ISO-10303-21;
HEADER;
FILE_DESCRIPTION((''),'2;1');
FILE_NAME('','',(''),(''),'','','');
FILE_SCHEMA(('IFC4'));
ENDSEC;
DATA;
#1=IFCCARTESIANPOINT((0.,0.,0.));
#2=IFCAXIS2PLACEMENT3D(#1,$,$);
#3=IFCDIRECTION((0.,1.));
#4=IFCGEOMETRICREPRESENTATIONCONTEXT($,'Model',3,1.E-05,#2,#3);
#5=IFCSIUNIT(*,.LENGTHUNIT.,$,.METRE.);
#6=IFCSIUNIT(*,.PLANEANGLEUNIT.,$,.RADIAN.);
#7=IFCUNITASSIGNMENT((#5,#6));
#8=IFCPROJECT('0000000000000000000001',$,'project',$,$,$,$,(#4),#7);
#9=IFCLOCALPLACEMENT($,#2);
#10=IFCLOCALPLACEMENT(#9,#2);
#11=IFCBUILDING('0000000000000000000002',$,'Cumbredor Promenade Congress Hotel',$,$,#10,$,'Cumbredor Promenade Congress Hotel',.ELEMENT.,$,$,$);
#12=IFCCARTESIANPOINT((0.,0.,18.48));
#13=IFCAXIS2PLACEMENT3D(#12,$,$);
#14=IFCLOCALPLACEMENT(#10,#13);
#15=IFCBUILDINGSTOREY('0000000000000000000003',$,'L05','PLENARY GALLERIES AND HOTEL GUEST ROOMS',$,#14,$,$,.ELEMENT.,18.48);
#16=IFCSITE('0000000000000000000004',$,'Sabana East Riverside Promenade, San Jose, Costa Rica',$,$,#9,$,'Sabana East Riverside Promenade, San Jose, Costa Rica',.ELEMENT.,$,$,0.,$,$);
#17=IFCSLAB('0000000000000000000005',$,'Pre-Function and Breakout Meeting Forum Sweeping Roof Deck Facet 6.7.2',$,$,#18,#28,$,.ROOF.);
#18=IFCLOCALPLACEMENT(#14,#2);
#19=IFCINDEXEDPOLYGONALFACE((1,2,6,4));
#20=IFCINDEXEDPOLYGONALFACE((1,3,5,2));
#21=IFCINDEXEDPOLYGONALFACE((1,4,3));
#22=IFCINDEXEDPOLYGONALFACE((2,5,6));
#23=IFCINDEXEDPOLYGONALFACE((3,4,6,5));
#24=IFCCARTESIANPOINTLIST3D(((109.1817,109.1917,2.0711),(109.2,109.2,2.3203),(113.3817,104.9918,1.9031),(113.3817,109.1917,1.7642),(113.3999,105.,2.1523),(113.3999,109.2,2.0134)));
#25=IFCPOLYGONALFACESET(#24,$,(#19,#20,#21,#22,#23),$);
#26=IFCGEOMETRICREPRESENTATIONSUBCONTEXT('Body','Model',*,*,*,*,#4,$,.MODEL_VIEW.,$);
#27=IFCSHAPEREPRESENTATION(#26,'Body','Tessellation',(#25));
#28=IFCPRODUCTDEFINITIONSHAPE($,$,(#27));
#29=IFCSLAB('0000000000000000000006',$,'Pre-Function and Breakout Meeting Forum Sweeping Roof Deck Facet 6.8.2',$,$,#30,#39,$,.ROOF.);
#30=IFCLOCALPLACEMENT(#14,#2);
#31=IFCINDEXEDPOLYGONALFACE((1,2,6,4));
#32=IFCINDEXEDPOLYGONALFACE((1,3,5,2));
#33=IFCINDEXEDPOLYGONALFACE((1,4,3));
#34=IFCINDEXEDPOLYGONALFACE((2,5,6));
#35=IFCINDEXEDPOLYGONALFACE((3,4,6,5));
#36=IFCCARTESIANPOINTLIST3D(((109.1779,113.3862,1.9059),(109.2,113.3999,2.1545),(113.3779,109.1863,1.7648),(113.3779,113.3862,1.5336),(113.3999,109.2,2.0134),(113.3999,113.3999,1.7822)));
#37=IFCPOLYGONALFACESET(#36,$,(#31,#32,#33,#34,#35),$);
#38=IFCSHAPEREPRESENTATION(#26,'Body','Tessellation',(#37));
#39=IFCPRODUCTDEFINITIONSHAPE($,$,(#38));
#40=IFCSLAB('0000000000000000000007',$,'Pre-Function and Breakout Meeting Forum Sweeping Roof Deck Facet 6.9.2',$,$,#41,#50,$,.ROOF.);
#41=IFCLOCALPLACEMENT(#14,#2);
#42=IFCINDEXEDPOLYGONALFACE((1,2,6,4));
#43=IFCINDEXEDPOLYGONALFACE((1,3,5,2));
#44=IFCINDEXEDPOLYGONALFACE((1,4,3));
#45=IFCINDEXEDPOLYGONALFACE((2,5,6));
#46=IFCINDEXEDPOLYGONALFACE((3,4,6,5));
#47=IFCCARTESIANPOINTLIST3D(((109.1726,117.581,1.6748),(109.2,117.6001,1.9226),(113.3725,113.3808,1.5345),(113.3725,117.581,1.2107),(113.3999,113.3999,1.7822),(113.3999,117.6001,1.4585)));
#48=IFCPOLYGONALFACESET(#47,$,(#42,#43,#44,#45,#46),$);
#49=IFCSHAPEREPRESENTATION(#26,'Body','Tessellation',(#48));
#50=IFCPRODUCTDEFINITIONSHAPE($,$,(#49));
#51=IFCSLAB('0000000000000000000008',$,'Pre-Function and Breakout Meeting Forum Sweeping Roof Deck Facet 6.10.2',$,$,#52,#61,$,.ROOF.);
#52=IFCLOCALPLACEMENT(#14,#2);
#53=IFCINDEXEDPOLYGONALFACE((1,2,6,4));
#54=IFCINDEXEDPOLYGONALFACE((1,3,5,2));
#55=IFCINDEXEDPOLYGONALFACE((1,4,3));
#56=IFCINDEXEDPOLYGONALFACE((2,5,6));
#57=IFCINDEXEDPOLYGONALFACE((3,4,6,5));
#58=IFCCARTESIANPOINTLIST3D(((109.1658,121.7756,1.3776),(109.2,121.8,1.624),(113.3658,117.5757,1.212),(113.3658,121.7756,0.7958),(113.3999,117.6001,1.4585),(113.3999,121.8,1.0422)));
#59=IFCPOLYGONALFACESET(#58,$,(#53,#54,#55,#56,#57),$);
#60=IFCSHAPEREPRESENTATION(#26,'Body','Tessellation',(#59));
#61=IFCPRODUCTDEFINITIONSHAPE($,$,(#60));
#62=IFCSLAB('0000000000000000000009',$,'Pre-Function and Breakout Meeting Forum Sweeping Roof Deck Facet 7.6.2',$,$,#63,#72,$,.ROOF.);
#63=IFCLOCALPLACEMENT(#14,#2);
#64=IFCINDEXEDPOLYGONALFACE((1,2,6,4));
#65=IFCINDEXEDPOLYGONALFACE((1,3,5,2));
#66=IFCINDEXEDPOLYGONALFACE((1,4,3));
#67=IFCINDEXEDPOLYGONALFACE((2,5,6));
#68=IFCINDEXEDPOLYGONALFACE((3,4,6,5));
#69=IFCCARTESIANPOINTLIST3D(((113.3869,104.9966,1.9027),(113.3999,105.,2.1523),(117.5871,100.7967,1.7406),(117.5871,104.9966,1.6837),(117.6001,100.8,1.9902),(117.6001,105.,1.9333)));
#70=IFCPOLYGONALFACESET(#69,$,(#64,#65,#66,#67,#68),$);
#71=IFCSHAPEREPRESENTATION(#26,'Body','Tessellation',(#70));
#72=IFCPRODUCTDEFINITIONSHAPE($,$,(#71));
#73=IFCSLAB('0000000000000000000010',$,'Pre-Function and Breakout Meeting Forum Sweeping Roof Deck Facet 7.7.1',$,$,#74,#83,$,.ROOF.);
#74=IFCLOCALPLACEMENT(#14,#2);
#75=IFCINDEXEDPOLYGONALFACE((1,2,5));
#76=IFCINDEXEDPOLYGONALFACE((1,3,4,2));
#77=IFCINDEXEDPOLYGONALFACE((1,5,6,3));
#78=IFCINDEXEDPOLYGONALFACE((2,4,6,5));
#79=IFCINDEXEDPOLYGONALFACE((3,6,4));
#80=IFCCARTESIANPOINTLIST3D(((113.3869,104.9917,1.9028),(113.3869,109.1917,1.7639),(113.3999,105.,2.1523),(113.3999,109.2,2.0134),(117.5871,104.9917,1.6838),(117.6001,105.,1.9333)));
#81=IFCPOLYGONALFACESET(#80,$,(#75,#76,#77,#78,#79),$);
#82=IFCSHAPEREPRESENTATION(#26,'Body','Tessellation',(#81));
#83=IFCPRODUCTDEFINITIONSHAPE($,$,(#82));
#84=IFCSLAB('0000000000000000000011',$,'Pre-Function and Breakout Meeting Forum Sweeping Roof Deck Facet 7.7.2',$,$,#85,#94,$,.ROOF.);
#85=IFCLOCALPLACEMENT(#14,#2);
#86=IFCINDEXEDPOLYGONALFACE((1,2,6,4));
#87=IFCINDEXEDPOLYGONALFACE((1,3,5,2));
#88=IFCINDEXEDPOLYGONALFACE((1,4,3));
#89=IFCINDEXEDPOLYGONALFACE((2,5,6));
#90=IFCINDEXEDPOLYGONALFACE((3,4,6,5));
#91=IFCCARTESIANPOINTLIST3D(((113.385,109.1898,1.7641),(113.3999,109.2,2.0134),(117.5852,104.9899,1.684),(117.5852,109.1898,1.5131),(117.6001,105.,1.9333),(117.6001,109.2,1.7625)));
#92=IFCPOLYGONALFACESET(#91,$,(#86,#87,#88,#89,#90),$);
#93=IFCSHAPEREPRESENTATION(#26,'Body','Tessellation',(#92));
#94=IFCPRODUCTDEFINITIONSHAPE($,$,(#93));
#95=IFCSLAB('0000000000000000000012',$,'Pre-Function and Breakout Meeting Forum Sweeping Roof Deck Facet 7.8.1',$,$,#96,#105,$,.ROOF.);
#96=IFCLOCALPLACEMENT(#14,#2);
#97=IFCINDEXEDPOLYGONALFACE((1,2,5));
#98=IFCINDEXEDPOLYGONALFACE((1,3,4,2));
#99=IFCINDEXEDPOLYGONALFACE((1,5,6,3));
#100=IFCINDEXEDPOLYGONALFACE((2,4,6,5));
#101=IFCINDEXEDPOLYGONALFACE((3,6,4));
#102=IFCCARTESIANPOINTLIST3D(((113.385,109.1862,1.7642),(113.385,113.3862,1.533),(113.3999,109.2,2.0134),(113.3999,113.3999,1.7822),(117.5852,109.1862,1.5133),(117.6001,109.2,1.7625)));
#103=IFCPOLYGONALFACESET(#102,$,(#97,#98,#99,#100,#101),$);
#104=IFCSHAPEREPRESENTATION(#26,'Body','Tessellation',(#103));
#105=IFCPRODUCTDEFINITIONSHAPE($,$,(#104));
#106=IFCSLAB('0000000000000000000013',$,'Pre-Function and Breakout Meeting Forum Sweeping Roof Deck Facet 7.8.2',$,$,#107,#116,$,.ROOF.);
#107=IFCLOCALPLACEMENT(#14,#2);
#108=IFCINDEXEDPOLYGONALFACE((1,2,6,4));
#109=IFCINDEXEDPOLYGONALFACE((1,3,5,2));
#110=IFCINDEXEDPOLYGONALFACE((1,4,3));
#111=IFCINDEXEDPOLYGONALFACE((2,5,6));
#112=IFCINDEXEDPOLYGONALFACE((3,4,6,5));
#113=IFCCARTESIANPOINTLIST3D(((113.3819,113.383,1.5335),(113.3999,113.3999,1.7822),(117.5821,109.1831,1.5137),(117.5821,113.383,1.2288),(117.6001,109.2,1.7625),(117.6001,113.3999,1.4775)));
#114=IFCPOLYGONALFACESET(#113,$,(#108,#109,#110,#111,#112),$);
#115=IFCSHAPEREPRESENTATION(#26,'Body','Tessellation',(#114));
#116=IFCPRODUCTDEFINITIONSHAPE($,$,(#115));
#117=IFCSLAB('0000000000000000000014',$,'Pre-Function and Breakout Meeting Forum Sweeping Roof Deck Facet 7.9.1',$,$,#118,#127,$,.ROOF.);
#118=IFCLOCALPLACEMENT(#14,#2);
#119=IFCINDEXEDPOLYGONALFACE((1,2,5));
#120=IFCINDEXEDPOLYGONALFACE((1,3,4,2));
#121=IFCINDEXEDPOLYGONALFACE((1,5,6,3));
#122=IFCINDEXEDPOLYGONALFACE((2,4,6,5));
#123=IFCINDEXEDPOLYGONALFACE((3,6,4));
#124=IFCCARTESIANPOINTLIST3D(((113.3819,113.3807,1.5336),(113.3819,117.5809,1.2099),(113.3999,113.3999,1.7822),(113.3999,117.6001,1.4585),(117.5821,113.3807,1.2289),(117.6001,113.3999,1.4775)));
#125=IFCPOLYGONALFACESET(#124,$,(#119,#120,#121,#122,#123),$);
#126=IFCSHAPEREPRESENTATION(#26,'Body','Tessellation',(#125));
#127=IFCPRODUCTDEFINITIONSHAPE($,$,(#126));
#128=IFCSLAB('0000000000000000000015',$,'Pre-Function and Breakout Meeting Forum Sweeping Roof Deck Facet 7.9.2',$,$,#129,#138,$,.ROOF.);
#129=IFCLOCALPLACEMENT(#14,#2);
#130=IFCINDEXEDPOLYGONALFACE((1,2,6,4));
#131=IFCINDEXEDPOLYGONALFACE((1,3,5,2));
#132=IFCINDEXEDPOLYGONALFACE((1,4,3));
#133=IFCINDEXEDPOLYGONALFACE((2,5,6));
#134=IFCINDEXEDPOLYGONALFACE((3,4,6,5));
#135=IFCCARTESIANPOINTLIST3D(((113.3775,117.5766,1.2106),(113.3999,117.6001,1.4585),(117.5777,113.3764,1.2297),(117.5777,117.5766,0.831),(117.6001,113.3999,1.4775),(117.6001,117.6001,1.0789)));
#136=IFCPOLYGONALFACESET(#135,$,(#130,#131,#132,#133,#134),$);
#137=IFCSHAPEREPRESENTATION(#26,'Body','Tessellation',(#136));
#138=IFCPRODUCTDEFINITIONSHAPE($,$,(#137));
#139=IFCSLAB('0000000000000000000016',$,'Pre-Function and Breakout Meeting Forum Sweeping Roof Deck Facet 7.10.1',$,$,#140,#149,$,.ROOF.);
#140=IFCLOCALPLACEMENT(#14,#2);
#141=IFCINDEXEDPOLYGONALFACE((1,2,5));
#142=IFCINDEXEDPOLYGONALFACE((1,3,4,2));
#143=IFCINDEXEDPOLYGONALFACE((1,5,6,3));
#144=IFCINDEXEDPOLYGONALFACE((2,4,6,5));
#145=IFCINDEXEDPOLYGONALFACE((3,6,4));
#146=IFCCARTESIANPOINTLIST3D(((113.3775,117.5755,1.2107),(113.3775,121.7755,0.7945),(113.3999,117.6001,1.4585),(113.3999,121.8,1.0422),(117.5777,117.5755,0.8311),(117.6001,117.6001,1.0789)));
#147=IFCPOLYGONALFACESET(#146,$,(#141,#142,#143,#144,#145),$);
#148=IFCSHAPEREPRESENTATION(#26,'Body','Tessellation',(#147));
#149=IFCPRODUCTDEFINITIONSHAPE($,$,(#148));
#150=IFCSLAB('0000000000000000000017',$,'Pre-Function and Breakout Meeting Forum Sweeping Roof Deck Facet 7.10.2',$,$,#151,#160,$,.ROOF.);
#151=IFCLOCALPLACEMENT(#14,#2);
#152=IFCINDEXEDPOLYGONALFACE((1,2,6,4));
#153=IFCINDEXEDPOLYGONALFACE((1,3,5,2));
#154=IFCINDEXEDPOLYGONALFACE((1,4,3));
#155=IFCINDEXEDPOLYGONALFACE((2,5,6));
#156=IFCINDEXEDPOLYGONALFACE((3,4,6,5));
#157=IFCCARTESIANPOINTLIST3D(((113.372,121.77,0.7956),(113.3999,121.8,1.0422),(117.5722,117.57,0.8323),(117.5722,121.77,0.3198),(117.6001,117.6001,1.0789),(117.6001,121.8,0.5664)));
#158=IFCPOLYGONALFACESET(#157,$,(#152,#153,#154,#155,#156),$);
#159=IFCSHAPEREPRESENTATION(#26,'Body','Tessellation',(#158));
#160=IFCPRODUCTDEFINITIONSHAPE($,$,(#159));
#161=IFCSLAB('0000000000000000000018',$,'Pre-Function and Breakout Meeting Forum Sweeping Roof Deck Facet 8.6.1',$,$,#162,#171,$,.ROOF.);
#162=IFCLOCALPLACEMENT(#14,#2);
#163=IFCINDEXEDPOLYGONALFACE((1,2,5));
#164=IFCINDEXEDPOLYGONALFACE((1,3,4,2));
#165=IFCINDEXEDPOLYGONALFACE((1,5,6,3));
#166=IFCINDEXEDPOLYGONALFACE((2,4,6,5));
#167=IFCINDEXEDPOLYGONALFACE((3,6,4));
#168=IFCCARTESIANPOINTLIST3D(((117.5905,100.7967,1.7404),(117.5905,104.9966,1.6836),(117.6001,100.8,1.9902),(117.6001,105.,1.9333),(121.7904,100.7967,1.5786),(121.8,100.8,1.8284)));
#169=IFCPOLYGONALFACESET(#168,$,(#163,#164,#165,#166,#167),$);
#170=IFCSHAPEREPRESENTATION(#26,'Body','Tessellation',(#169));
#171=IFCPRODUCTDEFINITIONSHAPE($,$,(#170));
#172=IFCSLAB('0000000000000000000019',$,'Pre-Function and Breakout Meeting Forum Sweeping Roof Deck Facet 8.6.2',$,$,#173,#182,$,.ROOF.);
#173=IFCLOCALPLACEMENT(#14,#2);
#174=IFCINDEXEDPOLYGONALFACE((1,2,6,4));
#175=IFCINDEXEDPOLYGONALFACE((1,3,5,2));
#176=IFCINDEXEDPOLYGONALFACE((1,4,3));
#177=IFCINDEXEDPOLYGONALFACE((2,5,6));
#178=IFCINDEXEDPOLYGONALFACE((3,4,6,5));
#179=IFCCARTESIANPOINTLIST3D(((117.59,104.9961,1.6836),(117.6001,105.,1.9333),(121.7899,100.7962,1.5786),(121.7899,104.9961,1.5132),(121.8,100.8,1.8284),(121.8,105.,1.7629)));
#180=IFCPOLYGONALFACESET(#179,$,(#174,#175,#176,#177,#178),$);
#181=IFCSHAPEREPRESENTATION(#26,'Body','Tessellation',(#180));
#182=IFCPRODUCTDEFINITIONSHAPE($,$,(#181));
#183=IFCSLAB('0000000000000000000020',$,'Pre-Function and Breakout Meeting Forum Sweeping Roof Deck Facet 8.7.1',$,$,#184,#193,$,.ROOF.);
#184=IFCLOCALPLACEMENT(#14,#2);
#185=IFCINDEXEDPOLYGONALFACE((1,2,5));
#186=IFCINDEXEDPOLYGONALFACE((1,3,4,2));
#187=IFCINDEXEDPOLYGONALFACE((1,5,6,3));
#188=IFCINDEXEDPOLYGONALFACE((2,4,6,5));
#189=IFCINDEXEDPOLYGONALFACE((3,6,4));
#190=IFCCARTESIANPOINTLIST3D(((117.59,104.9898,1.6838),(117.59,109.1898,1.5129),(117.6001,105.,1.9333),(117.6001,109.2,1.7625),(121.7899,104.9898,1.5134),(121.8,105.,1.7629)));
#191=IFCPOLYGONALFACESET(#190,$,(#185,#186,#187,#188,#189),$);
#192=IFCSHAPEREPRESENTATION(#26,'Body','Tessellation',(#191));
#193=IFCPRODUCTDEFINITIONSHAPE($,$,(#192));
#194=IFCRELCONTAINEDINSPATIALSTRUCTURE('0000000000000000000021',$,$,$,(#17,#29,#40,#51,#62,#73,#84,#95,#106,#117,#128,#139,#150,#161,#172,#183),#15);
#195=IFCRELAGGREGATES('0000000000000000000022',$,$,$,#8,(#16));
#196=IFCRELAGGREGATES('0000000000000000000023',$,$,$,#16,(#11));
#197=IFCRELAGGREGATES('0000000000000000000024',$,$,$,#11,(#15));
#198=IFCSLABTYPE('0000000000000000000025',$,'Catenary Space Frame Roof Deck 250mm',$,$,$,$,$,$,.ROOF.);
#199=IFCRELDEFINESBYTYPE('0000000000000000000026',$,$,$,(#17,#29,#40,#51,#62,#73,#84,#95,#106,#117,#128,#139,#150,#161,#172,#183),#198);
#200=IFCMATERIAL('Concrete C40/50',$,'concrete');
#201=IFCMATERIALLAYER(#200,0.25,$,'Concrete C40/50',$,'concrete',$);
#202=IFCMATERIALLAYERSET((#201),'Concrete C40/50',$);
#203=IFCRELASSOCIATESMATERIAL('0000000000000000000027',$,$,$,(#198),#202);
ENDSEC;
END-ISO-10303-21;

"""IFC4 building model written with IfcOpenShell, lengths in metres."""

from ifc_helpers import new_model, si_unit, direction, frame, origin, place, context, subcontext, project, spatial, polyline, outline, extrude, material, layer, layer_set, type_object, element, save


model = new_model("IFC4")

# Units and contexts
model_context = context("Model", 3, precision=1e-05, world=origin(), true_north=direction((0.0, 1.0)))
body_context = subcontext(model_context, "Body", "Model", "MODEL_VIEW")
ifc_project = project(units=[si_unit("LENGTHUNIT", "METRE"), si_unit("PLANEANGLEUNIT", "RADIAN")], contexts=[model_context])

# Site, building, storey
site_placement = place(None, origin())
site = spatial("IfcSite", under=ifc_project, at=site_placement, Name="Sabana East Riverside Promenade, San Jose, Costa Rica", LongName="Sabana East Riverside Promenade, San Jose, Costa Rica", CompositionType="ELEMENT", RefElevation=0.0)
building_placement = place(site_placement, origin())
building = spatial("IfcBuilding", under=site, at=building_placement, Name="Cumbredor Promenade Congress Hotel", LongName="Cumbredor Promenade Congress Hotel", CompositionType="ELEMENT")
storey_placement = place(building_placement, frame((0.0, 0.0, 18.48)))
storey = spatial("IfcBuildingStorey", under=building, at=storey_placement, Name="L05", Description="PLENARY GALLERIES AND HOTEL GUEST ROOMS", CompositionType="ELEMENT", Elevation=18.48)

# Slabs
ifc_material_1 = material(Name="Concrete C40/50", Category="concrete")
ifc_layer_1 = layer(ifc_material_1, 0.25, Name="Concrete C40/50", Category="concrete")
ifc_layer_set_1 = layer_set([ifc_layer_1], Name="Concrete C40/50")
slab_type = type_object("IfcSlabType", Name="Catenary Space Frame Roof Deck 250mm", PredefinedType="ROOF", material=ifc_layer_set_1)
slab_1_placement = place(storey_placement, frame((113.3999, 105.0, 2.1523), z_axis=(0.072835, 0.03297, 0.996799), x_axis=(0.0, 0.999453, -0.033058)))
element("IfcSlab", 1, at=slab_1_placement, inside=storey, type_object=slab_type, Name="Pre-Function and Breakout Meeting Forum Sweeping Roof Deck Facet 6.7.2", PredefinedType="ROOF", context=body_context, shape_type="SweptSolid", body=[
    extrude(outline(polyline([(0.0, 0.0), (4.2022, 0.0), (4.1921, 4.2111), (0.0, 0.0)])), origin(), (0.0, 0.0, -1.0), 0.25),
])
slab_2_placement = place(storey_placement, frame((113.3999, 109.2, 2.0134), z_axis=(0.088169, 0.054751, 0.9946), x_axis=(0.0, 0.998488, -0.054965)))
element("IfcSlab", 2, at=slab_2_placement, inside=storey, type_object=slab_type, Name="Pre-Function and Breakout Meeting Forum Sweeping Roof Deck Facet 6.8.2", PredefinedType="ROOF", context=body_context, shape_type="SweptSolid", body=[
    extrude(outline(polyline([(0.0, 0.0), (4.2063, 0.0), (4.1858, 4.2164), (0.0, 0.0)])), origin(), (0.0, 0.0, -1.0), 0.25),
])
slab_3_placement = place(storey_placement, frame((113.3999, 113.3999, 1.7822), z_axis=(0.109515, 0.076385, 0.991046), x_axis=(0.0, 0.997043, -0.076847)))
element("IfcSlab", 3, at=slab_3_placement, inside=storey, type_object=slab_type, Name="Pre-Function and Breakout Meeting Forum Sweeping Roof Deck Facet 6.9.2", PredefinedType="ROOF", context=body_context, shape_type="SweptSolid", body=[
    extrude(outline(polyline([(0.0, 0.0), (4.2127, 0.0), (4.177, 4.2254), (0.0, 0.0)])), origin(), (0.0, 0.0, -1.0), 0.25),
])
slab_4_placement = place(storey_placement, frame((113.3999, 117.6001, 1.4585), z_axis=(0.136556, 0.097703, 0.985803), x_axis=(0.0, 0.995124, -0.098627)))
element("IfcSlab", 4, at=slab_4_placement, inside=storey, type_object=slab_type, Name="Pre-Function and Breakout Meeting Forum Sweeping Roof Deck Facet 6.10.2", PredefinedType="ROOF", context=body_context, shape_type="SweptSolid", body=[
    extrude(outline(polyline([(0.0, 0.0), (4.2205, 0.0), (4.1631, 4.2397), (0.0, 0.0)])), origin(), (0.0, 0.0, -1.0), 0.25),
])
slab_5_placement = place(storey_placement, frame((117.6001, 100.8, 1.9902), z_axis=(0.052064, 0.013525, 0.998552), x_axis=(0.0, 0.999908, -0.013543)))
element("IfcSlab", 5, at=slab_5_placement, inside=storey, type_object=slab_type, Name="Pre-Function and Breakout Meeting Forum Sweeping Roof Deck Facet 7.6.2", PredefinedType="ROOF", context=body_context, shape_type="SweptSolid", body=[
    extrude(outline(polyline([(0.0, 0.0), (4.2003, 0.0), (4.1974, 4.2059), (0.0, 0.0)])), origin(), (0.0, 0.0, -1.0), 0.25),
])
slab_6_placement = place(storey_placement, frame((113.3999, 105.0, 2.1523), z_axis=(0.05204, 0.033013, 0.998099), x_axis=(0.998644, 0.0, -0.052068)))
element("IfcSlab", 6, at=slab_6_placement, inside=storey, type_object=slab_type, Name="Pre-Function and Breakout Meeting Forum Sweeping Roof Deck Facet 7.7.1", PredefinedType="ROOF", context=body_context, shape_type="SweptSolid", body=[
    extrude(outline(polyline([(0.0, 0.0), (4.2059, 0.0), (0.0072, 4.2022), (0.0, 0.0)])), origin(), (0.0, 0.0, -1.0), 0.25),
])
slab_7_placement = place(storey_placement, frame((117.6001, 105.0, 1.9333), z_axis=(0.059598, 0.040585, 0.997397), x_axis=(0.0, 0.999173, -0.040657)))
element("IfcSlab", 7, at=slab_7_placement, inside=storey, type_object=slab_type, Name="Pre-Function and Breakout Meeting Forum Sweeping Roof Deck Facet 7.7.2", PredefinedType="ROOF", context=body_context, shape_type="SweptSolid", body=[
    extrude(outline(polyline([(0.0, 0.0), (4.2034, 0.0), (4.1932, 4.2077), (0.0, 0.0)])), origin(), (0.0, 0.0, -1.0), 0.25),
])
slab_8_placement = place(storey_placement, frame((113.3999, 109.2, 2.0134), z_axis=(0.059557, 0.054868, 0.996716), x_axis=(0.99822, 0.0, -0.059647)))
element("IfcSlab", 8, at=slab_8_placement, inside=storey, type_object=slab_type, Name="Pre-Function and Breakout Meeting Forum Sweeping Roof Deck Facet 7.8.1", PredefinedType="ROOF", context=body_context, shape_type="SweptSolid", body=[
    extrude(outline(polyline([(0.0, 0.0), (4.2077, 0.0), (0.0138, 4.2063), (0.0, 0.0)])), origin(), (0.0, 0.0, -1.0), 0.25),
])
slab_9_placement = place(storey_placement, frame((117.6001, 109.2, 1.7625), z_axis=(0.072186, 0.067505, 0.995104), x_axis=(0.0, 0.997707, -0.067681)))
element("IfcSlab", 9, at=slab_9_placement, inside=storey, type_object=slab_type, Name="Pre-Function and Breakout Meeting Forum Sweeping Roof Deck Facet 7.8.2", PredefinedType="ROOF", context=body_context, shape_type="SweptSolid", body=[
    extrude(outline(polyline([(0.0, 0.0), (4.2096, 0.0), (4.189, 4.2112), (0.0, 0.0)])), origin(), (0.0, 0.0, -1.0), 0.25),
])
slab_10_placement = place(storey_placement, frame((113.3999, 113.3999, 1.7822), z_axis=(0.072138, 0.076647, 0.994445), x_axis=(0.997379, 0.0, -0.072351)))
element("IfcSlab", 10, at=slab_10_placement, inside=storey, type_object=slab_type, Name="Pre-Function and Breakout Meeting Forum Sweeping Roof Deck Facet 7.9.1", PredefinedType="ROOF", context=body_context, shape_type="SweptSolid", body=[
    extrude(outline(polyline([(0.0, 0.0), (4.2112, 0.0), (0.0234, 4.2126), (0.0, 0.0)])), origin(), (0.0, 0.0, -1.0), 0.25),
])
slab_11_placement = place(storey_placement, frame((117.6001, 113.3999, 1.4775), z_axis=(0.089619, 0.094115, 0.991519), x_axis=(0.0, 0.995525, -0.094495)))
element("IfcSlab", 11, at=slab_11_placement, inside=storey, type_object=slab_type, Name="Pre-Function and Breakout Meeting Forum Sweeping Roof Deck Facet 7.9.2", PredefinedType="ROOF", context=body_context, shape_type="SweptSolid", body=[
    extrude(outline(polyline([(0.0, 0.0), (4.2191, 0.0), (4.1832, 4.2172), (0.0, 0.0)])), origin(), (0.0, 0.0, -1.0), 0.25),
])
slab_12_placement = place(storey_placement, frame((113.3999, 117.6001, 1.4585), z_axis=(0.089584, 0.098231, 0.991123), x_axis=(0.99594, 0.0, -0.090019)))
element("IfcSlab", 12, at=slab_12_placement, inside=storey, type_object=slab_type, Name="Pre-Function and Breakout Meeting Forum Sweeping Roof Deck Facet 7.10.1", PredefinedType="ROOF", context=body_context, shape_type="SweptSolid", body=[
    extrude(outline(polyline([(0.0, 0.0), (4.2173, 0.0), (0.0375, 4.2204), (0.0, 0.0)])), origin(), (0.0, 0.0, -1.0), 0.25),
])
slab_13_placement = place(storey_placement, frame((117.6001, 117.6001, 1.0789), z_axis=(0.111749, 0.120357, 0.986421), x_axis=(0.0, 0.992638, -0.121115)))
element("IfcSlab", 13, at=slab_13_placement, inside=storey, type_object=slab_type, Name="Pre-Function and Breakout Meeting Forum Sweeping Roof Deck Facet 7.10.2", PredefinedType="ROOF", context=body_context, shape_type="SweptSolid", body=[
    extrude(outline(polyline([(0.0, 0.0), (4.2311, 0.0), (4.1735, 4.2267), (0.0, 0.0)])), origin(), (0.0, 0.0, -1.0), 0.25),
])
slab_14_placement = place(storey_placement, frame((117.6001, 100.8, 1.9902), z_axis=(0.038508, 0.013533, 0.999167), x_axis=(0.999258, 0.0, -0.038511)))
element("IfcSlab", 14, at=slab_14_placement, inside=storey, type_object=slab_type, Name="Pre-Function and Breakout Meeting Forum Sweeping Roof Deck Facet 8.6.1", PredefinedType="ROOF", context=body_context, shape_type="SweptSolid", body=[
    extrude(outline(polyline([(0.0, 0.0), (4.2031, 0.0), (0.0022, 4.2003), (0.0, 0.0)])), origin(), (0.0, 0.0, -1.0), 0.25),
])
slab_15_placement = place(storey_placement, frame((121.8, 100.8, 1.8284), z_axis=(0.040536, 0.015564, 0.999057), x_axis=(0.0, 0.999879, -0.015577)))
element("IfcSlab", 15, at=slab_15_placement, inside=storey, type_object=slab_type, Name="Pre-Function and Breakout Meeting Forum Sweeping Roof Deck Facet 8.6.2", PredefinedType="ROOF", context=body_context, shape_type="SweptSolid", body=[
    extrude(outline(polyline([(0.0, 0.0), (4.2005, 0.0), (4.1978, 4.2034), (0.0, 0.0)])), origin(), (0.0, 0.0, -1.0), 0.25),
])
slab_16_placement = place(storey_placement, frame((117.6001, 105.0, 1.9333), z_axis=(0.040507, 0.040624, 0.998353), x_axis=(0.999178, 0.0, -0.040541)))
element("IfcSlab", 16, at=slab_16_placement, inside=storey, type_object=slab_type, Name="Pre-Function and Breakout Meeting Forum Sweeping Roof Deck Facet 8.7.1", PredefinedType="ROOF", context=body_context, shape_type="SweptSolid", body=[
    extrude(outline(polyline([(0.0, 0.0), (4.2034, 0.0), (0.0069, 4.2034), (0.0, 0.0)])), origin(), (0.0, 0.0, -1.0), 0.25),
])

save(model, "model.ifc")
